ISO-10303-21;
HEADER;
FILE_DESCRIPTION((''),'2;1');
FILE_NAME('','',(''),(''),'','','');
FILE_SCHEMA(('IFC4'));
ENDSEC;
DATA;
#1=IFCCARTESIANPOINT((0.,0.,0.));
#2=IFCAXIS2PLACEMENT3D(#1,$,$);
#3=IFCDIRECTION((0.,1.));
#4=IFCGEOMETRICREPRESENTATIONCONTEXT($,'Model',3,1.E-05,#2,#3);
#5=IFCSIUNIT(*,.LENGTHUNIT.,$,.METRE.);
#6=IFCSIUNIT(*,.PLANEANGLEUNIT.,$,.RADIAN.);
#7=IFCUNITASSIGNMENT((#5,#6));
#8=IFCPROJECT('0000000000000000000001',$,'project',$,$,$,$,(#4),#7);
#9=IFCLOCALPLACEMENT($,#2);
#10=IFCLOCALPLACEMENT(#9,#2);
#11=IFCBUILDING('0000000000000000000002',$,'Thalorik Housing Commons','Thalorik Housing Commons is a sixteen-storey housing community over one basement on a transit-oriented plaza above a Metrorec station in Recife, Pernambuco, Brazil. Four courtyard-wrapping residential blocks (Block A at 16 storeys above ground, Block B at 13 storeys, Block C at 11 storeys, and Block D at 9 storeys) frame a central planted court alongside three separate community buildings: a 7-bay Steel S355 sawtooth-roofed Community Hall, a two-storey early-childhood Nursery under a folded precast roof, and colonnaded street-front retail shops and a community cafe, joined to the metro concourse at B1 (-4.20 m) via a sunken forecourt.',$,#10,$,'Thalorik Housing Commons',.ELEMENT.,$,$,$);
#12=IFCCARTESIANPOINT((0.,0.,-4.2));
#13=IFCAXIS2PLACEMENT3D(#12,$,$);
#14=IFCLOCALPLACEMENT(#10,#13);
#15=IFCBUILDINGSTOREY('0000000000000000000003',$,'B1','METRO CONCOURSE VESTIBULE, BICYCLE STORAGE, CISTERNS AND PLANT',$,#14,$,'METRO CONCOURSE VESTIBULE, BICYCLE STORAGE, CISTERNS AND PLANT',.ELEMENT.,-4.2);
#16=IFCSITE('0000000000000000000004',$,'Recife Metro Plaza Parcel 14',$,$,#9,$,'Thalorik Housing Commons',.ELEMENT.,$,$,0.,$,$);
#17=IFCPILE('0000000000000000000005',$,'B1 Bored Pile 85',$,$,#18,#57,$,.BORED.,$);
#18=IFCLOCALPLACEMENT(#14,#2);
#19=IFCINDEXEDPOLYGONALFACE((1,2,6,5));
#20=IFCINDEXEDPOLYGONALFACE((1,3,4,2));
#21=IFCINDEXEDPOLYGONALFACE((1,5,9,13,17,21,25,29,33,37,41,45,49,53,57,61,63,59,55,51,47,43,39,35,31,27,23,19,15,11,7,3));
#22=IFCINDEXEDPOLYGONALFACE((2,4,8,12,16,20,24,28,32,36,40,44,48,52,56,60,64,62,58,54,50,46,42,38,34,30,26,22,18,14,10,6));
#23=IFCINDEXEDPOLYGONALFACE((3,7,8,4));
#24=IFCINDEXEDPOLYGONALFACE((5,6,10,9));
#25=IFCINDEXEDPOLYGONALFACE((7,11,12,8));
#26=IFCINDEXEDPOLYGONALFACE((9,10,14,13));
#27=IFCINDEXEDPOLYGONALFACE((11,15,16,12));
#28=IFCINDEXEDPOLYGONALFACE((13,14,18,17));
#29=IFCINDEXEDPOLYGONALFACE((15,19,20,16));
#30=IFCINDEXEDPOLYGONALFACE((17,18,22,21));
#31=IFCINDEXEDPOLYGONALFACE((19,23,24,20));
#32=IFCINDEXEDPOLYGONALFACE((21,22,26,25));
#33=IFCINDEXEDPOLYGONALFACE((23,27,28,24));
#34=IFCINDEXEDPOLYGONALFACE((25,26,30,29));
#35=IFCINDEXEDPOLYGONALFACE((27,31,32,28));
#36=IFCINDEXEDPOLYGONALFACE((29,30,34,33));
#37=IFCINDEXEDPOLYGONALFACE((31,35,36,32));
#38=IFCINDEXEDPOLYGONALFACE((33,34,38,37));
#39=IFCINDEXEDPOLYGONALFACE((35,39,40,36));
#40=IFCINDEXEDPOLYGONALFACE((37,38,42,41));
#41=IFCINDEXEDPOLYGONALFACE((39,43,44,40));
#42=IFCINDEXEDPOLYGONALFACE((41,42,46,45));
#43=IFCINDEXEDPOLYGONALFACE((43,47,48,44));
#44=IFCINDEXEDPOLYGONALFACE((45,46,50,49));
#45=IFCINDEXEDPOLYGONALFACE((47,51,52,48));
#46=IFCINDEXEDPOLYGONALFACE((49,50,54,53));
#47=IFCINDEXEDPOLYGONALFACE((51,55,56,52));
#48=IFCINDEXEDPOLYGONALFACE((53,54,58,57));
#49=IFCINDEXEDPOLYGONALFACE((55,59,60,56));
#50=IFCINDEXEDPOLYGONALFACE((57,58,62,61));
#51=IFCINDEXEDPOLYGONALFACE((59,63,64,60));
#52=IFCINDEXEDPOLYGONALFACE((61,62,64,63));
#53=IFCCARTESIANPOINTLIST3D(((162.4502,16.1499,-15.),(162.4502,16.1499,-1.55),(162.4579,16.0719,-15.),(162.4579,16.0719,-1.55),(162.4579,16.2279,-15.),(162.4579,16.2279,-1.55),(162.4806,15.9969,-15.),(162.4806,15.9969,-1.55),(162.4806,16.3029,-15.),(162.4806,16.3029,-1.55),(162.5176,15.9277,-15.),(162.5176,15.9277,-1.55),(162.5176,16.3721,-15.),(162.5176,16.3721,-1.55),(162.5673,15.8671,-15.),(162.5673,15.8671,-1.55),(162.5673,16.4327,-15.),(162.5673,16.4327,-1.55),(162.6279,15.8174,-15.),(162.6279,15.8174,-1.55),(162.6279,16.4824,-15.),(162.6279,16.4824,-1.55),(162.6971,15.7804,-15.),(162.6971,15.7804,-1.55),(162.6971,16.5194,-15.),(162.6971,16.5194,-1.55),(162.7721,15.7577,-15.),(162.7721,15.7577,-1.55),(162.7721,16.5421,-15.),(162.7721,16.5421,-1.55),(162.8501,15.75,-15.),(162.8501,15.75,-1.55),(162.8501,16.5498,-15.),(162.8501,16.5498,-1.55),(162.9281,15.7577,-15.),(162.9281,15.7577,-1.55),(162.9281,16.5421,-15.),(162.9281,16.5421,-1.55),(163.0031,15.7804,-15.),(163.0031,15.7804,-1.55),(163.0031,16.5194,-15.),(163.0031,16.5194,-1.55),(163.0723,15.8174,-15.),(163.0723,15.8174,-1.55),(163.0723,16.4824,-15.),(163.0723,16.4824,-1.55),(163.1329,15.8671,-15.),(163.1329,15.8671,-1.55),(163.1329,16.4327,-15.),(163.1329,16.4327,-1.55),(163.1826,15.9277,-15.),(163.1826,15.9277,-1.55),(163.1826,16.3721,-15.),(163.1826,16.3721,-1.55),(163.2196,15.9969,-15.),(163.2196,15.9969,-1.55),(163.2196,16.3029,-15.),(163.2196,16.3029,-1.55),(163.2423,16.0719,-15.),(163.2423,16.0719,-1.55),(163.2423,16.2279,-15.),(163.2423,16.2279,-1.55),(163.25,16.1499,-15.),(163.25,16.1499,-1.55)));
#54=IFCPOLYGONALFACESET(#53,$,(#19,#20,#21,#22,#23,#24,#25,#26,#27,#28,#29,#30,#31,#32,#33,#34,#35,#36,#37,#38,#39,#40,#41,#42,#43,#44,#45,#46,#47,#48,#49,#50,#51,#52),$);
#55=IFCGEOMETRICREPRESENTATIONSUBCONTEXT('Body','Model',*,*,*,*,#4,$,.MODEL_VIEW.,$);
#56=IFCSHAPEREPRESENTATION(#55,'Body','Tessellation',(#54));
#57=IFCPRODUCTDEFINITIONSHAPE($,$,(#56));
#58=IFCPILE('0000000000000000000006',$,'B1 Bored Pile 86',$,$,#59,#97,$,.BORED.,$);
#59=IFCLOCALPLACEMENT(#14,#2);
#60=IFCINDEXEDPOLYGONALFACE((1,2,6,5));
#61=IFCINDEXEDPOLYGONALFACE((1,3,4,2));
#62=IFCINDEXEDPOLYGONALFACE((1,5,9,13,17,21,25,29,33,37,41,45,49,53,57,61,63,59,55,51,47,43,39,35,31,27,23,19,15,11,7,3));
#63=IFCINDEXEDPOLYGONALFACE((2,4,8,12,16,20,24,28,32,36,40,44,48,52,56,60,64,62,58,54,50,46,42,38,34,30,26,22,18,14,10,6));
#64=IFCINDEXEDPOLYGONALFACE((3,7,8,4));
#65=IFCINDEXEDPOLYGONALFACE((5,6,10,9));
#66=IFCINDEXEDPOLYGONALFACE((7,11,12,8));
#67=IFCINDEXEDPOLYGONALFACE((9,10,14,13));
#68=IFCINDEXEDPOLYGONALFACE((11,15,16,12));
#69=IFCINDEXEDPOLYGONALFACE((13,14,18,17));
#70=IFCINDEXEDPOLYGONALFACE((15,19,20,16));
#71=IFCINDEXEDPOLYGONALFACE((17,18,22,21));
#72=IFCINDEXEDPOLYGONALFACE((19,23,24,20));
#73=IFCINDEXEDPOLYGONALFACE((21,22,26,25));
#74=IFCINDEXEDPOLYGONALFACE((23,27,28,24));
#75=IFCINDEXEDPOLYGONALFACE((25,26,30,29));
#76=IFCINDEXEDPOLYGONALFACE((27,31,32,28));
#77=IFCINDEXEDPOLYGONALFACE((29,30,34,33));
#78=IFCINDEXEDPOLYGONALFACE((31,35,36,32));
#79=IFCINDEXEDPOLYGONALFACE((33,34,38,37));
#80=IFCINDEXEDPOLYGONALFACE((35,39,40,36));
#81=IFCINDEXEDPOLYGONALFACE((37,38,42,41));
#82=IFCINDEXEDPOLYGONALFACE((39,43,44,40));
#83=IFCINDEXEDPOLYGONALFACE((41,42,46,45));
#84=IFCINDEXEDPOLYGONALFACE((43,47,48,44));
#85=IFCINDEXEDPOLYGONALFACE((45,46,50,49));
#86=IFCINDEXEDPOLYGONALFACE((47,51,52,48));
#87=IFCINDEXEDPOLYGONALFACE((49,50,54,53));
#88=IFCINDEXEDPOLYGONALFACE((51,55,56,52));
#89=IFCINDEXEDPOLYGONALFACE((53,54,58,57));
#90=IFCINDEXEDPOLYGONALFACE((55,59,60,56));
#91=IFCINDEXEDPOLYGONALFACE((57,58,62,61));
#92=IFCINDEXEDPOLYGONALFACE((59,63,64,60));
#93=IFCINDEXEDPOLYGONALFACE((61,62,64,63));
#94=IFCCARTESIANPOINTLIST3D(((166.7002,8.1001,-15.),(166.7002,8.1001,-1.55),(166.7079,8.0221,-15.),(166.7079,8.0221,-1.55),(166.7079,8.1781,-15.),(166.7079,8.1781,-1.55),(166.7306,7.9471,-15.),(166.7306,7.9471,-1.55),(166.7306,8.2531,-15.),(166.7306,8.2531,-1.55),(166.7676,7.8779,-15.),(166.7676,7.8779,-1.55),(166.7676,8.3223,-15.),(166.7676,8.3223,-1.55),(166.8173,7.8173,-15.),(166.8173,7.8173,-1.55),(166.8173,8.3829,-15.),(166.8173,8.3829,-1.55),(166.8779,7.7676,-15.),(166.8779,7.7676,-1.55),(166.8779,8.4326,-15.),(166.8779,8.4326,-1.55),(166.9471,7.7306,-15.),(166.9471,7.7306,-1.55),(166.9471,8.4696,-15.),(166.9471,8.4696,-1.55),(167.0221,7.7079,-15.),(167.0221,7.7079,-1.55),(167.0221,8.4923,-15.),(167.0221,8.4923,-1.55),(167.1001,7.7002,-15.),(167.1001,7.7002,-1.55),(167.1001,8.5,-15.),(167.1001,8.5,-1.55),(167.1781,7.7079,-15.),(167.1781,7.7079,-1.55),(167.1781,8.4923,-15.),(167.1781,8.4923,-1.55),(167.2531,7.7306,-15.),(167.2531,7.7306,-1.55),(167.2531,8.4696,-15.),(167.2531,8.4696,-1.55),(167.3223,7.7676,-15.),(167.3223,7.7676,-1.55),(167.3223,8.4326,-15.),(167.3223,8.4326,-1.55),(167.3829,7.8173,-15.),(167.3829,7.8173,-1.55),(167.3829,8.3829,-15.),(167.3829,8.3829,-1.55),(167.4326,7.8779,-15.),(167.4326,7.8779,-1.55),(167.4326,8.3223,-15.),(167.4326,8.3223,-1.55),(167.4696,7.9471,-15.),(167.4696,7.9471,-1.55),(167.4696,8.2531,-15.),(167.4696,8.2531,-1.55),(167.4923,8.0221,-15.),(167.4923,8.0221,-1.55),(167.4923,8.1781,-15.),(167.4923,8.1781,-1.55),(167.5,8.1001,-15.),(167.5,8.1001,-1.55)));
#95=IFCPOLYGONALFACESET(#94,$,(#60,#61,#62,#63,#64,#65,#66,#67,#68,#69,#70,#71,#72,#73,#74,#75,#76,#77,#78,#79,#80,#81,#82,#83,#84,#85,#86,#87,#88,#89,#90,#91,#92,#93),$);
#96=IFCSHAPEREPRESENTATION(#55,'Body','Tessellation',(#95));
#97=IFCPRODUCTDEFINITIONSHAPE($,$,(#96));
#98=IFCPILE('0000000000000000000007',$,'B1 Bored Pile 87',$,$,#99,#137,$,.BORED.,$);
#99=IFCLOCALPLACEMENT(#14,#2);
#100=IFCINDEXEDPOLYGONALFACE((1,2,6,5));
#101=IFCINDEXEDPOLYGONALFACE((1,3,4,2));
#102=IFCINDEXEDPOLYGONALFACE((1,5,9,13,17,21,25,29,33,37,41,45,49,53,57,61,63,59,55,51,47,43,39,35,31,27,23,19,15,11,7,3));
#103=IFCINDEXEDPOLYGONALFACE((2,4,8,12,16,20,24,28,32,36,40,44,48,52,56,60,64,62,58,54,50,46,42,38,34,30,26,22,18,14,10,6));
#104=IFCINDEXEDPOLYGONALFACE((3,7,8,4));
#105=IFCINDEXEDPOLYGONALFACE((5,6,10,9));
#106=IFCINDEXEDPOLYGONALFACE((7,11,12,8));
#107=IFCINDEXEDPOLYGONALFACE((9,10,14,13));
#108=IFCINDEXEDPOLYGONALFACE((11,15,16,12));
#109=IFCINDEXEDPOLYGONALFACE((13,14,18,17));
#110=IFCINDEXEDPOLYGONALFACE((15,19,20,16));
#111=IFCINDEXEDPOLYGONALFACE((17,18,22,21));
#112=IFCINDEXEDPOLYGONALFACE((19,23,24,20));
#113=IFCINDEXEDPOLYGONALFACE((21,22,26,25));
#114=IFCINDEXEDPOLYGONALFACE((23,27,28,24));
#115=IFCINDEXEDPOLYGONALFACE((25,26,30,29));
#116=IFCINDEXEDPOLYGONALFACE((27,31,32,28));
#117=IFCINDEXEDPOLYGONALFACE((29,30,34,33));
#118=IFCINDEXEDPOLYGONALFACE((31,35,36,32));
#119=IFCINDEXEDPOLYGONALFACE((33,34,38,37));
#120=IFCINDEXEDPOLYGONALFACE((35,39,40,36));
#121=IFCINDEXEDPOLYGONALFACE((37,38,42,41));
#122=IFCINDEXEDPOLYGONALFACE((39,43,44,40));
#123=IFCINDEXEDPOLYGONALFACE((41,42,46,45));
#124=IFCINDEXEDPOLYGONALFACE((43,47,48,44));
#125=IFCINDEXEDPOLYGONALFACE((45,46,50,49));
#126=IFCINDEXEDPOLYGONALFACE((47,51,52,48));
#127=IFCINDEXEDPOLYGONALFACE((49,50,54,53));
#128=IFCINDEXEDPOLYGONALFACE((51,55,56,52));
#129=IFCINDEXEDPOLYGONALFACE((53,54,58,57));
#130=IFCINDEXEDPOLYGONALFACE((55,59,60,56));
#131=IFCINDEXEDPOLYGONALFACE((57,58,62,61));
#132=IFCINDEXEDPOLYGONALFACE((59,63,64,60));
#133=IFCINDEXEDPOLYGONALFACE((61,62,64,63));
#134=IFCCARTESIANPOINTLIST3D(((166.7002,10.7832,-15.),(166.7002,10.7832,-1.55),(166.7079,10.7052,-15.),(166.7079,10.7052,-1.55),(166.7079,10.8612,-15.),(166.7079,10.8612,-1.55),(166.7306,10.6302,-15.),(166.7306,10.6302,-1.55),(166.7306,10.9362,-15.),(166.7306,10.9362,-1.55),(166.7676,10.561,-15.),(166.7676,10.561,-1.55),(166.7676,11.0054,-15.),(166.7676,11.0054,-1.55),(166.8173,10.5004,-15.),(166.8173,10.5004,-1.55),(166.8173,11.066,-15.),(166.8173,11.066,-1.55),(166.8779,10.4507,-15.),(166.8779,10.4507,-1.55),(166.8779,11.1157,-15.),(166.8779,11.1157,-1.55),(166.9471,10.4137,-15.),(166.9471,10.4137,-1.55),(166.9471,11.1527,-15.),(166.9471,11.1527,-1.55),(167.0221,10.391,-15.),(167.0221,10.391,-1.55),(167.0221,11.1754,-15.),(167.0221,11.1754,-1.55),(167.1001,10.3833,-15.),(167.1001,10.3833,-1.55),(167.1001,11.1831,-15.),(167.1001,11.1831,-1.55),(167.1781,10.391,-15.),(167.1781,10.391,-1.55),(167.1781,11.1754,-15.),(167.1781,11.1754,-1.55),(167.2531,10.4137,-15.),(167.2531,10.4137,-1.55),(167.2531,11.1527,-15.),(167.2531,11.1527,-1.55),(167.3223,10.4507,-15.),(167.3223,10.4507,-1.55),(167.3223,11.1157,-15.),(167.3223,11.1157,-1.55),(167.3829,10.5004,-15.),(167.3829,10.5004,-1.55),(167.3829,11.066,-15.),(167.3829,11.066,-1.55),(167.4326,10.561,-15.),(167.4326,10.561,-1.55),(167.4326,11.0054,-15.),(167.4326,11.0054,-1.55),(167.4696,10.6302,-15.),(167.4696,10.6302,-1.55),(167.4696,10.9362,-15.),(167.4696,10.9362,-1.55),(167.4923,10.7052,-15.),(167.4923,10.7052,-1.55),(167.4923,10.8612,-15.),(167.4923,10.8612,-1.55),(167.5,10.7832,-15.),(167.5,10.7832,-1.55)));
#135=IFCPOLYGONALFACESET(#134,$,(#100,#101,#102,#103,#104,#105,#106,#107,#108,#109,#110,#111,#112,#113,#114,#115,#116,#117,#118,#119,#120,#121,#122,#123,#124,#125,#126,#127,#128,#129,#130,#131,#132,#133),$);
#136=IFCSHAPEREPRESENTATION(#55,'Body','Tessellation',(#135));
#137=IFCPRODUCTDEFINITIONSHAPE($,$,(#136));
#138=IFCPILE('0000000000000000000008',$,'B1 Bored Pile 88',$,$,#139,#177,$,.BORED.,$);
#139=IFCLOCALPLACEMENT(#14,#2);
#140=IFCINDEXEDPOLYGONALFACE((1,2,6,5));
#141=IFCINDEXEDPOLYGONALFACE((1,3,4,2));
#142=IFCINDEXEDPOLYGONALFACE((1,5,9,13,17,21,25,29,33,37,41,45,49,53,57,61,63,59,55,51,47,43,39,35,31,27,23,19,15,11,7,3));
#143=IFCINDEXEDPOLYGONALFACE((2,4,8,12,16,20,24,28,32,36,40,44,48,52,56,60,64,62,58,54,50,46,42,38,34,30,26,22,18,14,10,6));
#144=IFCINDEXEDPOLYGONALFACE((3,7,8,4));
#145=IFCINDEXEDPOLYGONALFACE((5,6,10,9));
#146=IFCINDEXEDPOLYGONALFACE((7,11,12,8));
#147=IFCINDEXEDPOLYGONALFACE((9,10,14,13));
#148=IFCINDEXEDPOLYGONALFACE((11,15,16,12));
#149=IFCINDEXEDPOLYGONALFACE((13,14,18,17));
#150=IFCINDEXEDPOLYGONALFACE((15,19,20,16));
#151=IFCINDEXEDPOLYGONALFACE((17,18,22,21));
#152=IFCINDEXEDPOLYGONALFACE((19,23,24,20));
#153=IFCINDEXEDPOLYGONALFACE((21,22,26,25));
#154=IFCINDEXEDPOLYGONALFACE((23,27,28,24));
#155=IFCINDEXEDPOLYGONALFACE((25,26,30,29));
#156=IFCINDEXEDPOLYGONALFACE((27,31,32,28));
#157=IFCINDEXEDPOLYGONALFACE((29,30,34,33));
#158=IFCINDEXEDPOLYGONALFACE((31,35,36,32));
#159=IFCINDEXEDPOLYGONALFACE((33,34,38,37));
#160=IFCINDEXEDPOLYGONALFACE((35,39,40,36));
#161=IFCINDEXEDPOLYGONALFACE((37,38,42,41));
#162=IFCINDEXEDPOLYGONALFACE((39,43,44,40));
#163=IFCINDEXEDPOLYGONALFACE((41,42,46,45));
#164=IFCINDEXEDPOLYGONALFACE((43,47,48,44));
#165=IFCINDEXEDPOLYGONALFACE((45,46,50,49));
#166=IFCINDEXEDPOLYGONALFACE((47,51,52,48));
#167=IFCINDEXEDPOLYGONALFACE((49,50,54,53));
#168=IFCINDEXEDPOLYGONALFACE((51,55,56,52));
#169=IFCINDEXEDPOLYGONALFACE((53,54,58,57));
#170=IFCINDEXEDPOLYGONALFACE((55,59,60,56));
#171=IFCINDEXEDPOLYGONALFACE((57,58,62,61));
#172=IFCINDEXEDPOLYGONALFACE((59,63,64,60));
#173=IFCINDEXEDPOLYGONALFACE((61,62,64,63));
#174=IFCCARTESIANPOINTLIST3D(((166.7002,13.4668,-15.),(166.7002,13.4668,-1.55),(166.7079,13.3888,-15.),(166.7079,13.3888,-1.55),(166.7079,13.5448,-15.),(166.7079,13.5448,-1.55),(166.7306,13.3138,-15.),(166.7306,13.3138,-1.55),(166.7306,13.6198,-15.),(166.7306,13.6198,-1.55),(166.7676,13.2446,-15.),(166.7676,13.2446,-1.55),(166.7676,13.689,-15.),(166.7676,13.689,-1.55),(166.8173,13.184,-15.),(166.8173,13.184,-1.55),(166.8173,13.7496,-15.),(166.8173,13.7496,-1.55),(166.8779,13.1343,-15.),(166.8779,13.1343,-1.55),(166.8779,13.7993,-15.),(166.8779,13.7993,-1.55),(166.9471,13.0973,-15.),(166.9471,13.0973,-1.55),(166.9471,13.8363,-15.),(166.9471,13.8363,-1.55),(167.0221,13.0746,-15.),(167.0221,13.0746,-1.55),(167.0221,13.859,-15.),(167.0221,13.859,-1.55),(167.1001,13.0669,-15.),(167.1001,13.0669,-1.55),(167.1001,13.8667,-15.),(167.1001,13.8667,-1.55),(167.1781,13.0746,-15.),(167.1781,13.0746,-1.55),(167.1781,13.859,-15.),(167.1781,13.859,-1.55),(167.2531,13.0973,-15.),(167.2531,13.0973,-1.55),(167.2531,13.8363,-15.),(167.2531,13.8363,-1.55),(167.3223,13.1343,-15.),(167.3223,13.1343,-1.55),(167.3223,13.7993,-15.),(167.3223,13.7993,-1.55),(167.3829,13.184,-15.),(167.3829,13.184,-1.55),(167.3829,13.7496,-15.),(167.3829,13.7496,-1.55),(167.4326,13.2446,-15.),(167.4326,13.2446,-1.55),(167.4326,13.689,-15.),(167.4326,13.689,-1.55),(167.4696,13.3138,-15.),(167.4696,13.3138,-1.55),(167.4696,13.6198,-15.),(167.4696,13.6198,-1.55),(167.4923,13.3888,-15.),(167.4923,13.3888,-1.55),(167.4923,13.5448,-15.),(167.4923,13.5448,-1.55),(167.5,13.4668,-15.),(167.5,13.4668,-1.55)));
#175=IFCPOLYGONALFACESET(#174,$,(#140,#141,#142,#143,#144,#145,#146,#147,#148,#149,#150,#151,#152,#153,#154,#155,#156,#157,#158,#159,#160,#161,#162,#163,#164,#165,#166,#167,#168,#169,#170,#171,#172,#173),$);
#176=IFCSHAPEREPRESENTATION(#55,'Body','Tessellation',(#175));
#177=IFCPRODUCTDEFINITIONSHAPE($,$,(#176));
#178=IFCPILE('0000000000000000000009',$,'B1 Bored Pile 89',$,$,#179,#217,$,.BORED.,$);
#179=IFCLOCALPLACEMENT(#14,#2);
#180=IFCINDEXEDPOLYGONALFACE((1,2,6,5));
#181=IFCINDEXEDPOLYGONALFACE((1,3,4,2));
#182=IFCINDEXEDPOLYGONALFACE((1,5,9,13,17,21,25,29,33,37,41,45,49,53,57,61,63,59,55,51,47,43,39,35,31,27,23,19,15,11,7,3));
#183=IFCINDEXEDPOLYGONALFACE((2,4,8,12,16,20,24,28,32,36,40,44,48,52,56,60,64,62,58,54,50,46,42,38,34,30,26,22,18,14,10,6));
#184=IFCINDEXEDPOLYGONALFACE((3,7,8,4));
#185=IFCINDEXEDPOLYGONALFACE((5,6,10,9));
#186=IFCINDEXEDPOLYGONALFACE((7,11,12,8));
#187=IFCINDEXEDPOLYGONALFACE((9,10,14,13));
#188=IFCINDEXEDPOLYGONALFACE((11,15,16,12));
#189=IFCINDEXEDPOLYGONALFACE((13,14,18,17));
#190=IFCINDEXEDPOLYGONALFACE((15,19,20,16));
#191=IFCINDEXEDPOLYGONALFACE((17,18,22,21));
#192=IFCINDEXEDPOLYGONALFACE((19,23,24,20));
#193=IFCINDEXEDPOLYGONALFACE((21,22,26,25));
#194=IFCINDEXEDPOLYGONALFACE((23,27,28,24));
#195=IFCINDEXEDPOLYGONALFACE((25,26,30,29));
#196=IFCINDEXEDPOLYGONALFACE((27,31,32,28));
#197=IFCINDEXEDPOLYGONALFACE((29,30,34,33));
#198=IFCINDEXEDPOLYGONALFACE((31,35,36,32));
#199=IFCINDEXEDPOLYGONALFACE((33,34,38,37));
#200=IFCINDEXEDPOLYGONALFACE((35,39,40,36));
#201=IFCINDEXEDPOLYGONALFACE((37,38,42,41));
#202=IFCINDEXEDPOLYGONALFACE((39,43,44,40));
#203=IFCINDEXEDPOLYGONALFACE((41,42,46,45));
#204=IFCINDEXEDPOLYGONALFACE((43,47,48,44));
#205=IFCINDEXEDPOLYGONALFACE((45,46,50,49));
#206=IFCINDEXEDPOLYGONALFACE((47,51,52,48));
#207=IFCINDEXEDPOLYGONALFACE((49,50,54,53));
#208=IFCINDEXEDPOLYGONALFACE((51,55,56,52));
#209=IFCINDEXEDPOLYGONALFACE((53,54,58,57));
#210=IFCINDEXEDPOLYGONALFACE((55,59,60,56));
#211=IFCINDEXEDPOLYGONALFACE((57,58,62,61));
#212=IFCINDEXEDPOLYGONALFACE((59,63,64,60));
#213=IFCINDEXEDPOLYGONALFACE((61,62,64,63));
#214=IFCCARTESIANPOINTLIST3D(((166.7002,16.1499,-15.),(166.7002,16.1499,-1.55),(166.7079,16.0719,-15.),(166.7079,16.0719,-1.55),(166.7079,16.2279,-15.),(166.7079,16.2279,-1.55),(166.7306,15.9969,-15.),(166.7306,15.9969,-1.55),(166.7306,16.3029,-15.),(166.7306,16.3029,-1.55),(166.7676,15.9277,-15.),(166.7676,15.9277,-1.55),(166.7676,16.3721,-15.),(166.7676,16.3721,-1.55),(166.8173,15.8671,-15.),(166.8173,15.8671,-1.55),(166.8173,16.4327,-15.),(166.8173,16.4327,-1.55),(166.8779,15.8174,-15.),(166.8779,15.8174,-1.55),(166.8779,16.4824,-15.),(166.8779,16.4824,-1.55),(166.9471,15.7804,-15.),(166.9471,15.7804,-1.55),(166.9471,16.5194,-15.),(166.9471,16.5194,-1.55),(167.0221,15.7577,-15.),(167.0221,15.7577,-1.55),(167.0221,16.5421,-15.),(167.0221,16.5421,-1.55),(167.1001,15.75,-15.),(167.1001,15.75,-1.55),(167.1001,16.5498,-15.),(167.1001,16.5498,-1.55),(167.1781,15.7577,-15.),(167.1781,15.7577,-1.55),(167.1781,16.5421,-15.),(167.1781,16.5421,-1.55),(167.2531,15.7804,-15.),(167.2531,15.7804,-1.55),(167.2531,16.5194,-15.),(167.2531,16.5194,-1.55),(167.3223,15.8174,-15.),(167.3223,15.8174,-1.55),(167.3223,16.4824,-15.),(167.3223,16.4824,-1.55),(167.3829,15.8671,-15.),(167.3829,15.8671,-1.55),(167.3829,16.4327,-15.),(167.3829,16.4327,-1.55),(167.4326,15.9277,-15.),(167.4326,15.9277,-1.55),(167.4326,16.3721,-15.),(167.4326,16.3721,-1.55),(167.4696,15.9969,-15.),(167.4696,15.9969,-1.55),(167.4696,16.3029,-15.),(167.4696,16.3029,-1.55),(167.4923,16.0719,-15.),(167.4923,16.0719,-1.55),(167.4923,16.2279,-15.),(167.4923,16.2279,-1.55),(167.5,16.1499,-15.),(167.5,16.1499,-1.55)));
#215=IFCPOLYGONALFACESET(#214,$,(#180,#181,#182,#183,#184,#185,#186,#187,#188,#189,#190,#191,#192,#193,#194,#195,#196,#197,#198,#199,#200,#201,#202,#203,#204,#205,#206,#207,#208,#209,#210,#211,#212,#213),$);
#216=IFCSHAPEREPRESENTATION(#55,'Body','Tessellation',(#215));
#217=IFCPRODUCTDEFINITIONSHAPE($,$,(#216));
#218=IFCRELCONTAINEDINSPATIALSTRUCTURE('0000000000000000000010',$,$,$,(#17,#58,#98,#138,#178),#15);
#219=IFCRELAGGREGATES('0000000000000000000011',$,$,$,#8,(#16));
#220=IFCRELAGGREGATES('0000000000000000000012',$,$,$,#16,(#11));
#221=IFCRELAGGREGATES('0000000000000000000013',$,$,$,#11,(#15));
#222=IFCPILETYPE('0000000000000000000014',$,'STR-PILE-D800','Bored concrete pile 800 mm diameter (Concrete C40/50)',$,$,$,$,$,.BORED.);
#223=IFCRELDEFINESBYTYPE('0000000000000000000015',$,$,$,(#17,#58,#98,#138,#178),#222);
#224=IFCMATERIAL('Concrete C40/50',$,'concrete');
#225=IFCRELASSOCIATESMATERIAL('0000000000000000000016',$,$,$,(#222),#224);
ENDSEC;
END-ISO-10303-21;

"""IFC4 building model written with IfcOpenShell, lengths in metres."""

from ifc_helpers import new_model, si_unit, direction, frame, origin, origin_2d, place, context, subcontext, project, spatial, circle, extrude, material, material_profile, profile_set, type_object, element, save


model = new_model("IFC4")

# Units and contexts
model_context = context("Model", 3, precision=1e-05, world=origin(), true_north=direction((0.0, 1.0)))
body_context = subcontext(model_context, "Body", "Model", "MODEL_VIEW")
ifc_project = project(units=[si_unit("LENGTHUNIT", "METRE"), si_unit("PLANEANGLEUNIT", "RADIAN")], contexts=[model_context])

# Site, building, storey
site_placement = place(None, origin())
site = spatial("IfcSite", under=ifc_project, at=site_placement, Name="Recife Metro Plaza Parcel 14", LongName="Thalorik Housing Commons", CompositionType="ELEMENT", RefElevation=0.0)
building_placement = place(site_placement, origin())
building = spatial("IfcBuilding", under=site, at=building_placement, Name="Thalorik Housing Commons", Description="Thalorik Housing Commons is a sixteen-storey housing community over one basement on a transit-oriented plaza above a Metrorec station in Recife, Pernambuco, Brazil. Four courtyard-wrapping residential blocks (Block A at 16 storeys above ground, Block B at 13 storeys, Block C at 11 storeys, and Block D at 9 storeys) frame a central planted court alongside three separate community buildings: a 7-bay Steel S355 sawtooth-roofed Community Hall, a two-storey early-childhood Nursery under a folded precast roof, and colonnaded street-front retail shops and a community cafe, joined to the metro concourse at B1 (-4.20 m) via a sunken forecourt.", LongName="Thalorik Housing Commons", CompositionType="ELEMENT")
storey_placement = place(building_placement, frame((0.0, 0.0, -4.2)))
storey = spatial("IfcBuildingStorey", under=building, at=storey_placement, Name="B1", Description="METRO CONCOURSE VESTIBULE, BICYCLE STORAGE, CISTERNS AND PLANT", LongName="METRO CONCOURSE VESTIBULE, BICYCLE STORAGE, CISTERNS AND PLANT", CompositionType="ELEMENT", Elevation=-4.2)

# Shared definitions
ifc_material_1 = material(Name="Concrete C40/50", Category="concrete")

# Piles
ifc_material_profile_1 = material_profile(ifc_material_1, circle(Radius=0.3999, at=origin_2d()), Name="BORED PILE D800", Category="concrete")
ifc_profile_set_1 = profile_set([ifc_material_profile_1], Name="Concrete C40/50")
pile_type = type_object("IfcPileType", Name="STR-PILE-D800", Description="Bored concrete pile 800 mm diameter (Concrete C40/50)", PredefinedType="BORED", material=ifc_profile_set_1)
for number, where, z_axis, x_axis, name in (
    (1, (162.8501, 16.1499, -1.55), (0.0, 0.0, -1.0), (1.0, 0.0, 0.0), "B1 Bored Pile 85"),
    (2, (167.1001, 8.1001, -1.55), (0.0, 0.0, -1.0), (1.0, 0.0, 0.0), "B1 Bored Pile 86"),
    (3, (167.1001, 10.7832, -1.55), (0.0, 0.0, -1.0), (1.0, 0.0, 0.0), "B1 Bored Pile 87"),
    (4, (167.1001, 13.4668, -1.55), (0.0, 0.0, -1.0), (1.0, 0.0, 0.0), "B1 Bored Pile 88"),
    (5, (167.1001, 16.1499, -1.55), (0.0, 0.0, -1.0), (1.0, 0.0, 0.0), "B1 Bored Pile 89"),
):
    element("IfcPile", number, at=place(storey_placement, frame(where, z_axis=z_axis, x_axis=x_axis)), inside=storey, type_object=pile_type, Name=name, PredefinedType="BORED", context=body_context, shape_type="SweptSolid", body=[
        extrude(circle(Radius=0.3999, at=origin_2d()), origin(), (0.0, 0.0, 1.0), 13.45),
    ])

save(model, "model.ifc")
